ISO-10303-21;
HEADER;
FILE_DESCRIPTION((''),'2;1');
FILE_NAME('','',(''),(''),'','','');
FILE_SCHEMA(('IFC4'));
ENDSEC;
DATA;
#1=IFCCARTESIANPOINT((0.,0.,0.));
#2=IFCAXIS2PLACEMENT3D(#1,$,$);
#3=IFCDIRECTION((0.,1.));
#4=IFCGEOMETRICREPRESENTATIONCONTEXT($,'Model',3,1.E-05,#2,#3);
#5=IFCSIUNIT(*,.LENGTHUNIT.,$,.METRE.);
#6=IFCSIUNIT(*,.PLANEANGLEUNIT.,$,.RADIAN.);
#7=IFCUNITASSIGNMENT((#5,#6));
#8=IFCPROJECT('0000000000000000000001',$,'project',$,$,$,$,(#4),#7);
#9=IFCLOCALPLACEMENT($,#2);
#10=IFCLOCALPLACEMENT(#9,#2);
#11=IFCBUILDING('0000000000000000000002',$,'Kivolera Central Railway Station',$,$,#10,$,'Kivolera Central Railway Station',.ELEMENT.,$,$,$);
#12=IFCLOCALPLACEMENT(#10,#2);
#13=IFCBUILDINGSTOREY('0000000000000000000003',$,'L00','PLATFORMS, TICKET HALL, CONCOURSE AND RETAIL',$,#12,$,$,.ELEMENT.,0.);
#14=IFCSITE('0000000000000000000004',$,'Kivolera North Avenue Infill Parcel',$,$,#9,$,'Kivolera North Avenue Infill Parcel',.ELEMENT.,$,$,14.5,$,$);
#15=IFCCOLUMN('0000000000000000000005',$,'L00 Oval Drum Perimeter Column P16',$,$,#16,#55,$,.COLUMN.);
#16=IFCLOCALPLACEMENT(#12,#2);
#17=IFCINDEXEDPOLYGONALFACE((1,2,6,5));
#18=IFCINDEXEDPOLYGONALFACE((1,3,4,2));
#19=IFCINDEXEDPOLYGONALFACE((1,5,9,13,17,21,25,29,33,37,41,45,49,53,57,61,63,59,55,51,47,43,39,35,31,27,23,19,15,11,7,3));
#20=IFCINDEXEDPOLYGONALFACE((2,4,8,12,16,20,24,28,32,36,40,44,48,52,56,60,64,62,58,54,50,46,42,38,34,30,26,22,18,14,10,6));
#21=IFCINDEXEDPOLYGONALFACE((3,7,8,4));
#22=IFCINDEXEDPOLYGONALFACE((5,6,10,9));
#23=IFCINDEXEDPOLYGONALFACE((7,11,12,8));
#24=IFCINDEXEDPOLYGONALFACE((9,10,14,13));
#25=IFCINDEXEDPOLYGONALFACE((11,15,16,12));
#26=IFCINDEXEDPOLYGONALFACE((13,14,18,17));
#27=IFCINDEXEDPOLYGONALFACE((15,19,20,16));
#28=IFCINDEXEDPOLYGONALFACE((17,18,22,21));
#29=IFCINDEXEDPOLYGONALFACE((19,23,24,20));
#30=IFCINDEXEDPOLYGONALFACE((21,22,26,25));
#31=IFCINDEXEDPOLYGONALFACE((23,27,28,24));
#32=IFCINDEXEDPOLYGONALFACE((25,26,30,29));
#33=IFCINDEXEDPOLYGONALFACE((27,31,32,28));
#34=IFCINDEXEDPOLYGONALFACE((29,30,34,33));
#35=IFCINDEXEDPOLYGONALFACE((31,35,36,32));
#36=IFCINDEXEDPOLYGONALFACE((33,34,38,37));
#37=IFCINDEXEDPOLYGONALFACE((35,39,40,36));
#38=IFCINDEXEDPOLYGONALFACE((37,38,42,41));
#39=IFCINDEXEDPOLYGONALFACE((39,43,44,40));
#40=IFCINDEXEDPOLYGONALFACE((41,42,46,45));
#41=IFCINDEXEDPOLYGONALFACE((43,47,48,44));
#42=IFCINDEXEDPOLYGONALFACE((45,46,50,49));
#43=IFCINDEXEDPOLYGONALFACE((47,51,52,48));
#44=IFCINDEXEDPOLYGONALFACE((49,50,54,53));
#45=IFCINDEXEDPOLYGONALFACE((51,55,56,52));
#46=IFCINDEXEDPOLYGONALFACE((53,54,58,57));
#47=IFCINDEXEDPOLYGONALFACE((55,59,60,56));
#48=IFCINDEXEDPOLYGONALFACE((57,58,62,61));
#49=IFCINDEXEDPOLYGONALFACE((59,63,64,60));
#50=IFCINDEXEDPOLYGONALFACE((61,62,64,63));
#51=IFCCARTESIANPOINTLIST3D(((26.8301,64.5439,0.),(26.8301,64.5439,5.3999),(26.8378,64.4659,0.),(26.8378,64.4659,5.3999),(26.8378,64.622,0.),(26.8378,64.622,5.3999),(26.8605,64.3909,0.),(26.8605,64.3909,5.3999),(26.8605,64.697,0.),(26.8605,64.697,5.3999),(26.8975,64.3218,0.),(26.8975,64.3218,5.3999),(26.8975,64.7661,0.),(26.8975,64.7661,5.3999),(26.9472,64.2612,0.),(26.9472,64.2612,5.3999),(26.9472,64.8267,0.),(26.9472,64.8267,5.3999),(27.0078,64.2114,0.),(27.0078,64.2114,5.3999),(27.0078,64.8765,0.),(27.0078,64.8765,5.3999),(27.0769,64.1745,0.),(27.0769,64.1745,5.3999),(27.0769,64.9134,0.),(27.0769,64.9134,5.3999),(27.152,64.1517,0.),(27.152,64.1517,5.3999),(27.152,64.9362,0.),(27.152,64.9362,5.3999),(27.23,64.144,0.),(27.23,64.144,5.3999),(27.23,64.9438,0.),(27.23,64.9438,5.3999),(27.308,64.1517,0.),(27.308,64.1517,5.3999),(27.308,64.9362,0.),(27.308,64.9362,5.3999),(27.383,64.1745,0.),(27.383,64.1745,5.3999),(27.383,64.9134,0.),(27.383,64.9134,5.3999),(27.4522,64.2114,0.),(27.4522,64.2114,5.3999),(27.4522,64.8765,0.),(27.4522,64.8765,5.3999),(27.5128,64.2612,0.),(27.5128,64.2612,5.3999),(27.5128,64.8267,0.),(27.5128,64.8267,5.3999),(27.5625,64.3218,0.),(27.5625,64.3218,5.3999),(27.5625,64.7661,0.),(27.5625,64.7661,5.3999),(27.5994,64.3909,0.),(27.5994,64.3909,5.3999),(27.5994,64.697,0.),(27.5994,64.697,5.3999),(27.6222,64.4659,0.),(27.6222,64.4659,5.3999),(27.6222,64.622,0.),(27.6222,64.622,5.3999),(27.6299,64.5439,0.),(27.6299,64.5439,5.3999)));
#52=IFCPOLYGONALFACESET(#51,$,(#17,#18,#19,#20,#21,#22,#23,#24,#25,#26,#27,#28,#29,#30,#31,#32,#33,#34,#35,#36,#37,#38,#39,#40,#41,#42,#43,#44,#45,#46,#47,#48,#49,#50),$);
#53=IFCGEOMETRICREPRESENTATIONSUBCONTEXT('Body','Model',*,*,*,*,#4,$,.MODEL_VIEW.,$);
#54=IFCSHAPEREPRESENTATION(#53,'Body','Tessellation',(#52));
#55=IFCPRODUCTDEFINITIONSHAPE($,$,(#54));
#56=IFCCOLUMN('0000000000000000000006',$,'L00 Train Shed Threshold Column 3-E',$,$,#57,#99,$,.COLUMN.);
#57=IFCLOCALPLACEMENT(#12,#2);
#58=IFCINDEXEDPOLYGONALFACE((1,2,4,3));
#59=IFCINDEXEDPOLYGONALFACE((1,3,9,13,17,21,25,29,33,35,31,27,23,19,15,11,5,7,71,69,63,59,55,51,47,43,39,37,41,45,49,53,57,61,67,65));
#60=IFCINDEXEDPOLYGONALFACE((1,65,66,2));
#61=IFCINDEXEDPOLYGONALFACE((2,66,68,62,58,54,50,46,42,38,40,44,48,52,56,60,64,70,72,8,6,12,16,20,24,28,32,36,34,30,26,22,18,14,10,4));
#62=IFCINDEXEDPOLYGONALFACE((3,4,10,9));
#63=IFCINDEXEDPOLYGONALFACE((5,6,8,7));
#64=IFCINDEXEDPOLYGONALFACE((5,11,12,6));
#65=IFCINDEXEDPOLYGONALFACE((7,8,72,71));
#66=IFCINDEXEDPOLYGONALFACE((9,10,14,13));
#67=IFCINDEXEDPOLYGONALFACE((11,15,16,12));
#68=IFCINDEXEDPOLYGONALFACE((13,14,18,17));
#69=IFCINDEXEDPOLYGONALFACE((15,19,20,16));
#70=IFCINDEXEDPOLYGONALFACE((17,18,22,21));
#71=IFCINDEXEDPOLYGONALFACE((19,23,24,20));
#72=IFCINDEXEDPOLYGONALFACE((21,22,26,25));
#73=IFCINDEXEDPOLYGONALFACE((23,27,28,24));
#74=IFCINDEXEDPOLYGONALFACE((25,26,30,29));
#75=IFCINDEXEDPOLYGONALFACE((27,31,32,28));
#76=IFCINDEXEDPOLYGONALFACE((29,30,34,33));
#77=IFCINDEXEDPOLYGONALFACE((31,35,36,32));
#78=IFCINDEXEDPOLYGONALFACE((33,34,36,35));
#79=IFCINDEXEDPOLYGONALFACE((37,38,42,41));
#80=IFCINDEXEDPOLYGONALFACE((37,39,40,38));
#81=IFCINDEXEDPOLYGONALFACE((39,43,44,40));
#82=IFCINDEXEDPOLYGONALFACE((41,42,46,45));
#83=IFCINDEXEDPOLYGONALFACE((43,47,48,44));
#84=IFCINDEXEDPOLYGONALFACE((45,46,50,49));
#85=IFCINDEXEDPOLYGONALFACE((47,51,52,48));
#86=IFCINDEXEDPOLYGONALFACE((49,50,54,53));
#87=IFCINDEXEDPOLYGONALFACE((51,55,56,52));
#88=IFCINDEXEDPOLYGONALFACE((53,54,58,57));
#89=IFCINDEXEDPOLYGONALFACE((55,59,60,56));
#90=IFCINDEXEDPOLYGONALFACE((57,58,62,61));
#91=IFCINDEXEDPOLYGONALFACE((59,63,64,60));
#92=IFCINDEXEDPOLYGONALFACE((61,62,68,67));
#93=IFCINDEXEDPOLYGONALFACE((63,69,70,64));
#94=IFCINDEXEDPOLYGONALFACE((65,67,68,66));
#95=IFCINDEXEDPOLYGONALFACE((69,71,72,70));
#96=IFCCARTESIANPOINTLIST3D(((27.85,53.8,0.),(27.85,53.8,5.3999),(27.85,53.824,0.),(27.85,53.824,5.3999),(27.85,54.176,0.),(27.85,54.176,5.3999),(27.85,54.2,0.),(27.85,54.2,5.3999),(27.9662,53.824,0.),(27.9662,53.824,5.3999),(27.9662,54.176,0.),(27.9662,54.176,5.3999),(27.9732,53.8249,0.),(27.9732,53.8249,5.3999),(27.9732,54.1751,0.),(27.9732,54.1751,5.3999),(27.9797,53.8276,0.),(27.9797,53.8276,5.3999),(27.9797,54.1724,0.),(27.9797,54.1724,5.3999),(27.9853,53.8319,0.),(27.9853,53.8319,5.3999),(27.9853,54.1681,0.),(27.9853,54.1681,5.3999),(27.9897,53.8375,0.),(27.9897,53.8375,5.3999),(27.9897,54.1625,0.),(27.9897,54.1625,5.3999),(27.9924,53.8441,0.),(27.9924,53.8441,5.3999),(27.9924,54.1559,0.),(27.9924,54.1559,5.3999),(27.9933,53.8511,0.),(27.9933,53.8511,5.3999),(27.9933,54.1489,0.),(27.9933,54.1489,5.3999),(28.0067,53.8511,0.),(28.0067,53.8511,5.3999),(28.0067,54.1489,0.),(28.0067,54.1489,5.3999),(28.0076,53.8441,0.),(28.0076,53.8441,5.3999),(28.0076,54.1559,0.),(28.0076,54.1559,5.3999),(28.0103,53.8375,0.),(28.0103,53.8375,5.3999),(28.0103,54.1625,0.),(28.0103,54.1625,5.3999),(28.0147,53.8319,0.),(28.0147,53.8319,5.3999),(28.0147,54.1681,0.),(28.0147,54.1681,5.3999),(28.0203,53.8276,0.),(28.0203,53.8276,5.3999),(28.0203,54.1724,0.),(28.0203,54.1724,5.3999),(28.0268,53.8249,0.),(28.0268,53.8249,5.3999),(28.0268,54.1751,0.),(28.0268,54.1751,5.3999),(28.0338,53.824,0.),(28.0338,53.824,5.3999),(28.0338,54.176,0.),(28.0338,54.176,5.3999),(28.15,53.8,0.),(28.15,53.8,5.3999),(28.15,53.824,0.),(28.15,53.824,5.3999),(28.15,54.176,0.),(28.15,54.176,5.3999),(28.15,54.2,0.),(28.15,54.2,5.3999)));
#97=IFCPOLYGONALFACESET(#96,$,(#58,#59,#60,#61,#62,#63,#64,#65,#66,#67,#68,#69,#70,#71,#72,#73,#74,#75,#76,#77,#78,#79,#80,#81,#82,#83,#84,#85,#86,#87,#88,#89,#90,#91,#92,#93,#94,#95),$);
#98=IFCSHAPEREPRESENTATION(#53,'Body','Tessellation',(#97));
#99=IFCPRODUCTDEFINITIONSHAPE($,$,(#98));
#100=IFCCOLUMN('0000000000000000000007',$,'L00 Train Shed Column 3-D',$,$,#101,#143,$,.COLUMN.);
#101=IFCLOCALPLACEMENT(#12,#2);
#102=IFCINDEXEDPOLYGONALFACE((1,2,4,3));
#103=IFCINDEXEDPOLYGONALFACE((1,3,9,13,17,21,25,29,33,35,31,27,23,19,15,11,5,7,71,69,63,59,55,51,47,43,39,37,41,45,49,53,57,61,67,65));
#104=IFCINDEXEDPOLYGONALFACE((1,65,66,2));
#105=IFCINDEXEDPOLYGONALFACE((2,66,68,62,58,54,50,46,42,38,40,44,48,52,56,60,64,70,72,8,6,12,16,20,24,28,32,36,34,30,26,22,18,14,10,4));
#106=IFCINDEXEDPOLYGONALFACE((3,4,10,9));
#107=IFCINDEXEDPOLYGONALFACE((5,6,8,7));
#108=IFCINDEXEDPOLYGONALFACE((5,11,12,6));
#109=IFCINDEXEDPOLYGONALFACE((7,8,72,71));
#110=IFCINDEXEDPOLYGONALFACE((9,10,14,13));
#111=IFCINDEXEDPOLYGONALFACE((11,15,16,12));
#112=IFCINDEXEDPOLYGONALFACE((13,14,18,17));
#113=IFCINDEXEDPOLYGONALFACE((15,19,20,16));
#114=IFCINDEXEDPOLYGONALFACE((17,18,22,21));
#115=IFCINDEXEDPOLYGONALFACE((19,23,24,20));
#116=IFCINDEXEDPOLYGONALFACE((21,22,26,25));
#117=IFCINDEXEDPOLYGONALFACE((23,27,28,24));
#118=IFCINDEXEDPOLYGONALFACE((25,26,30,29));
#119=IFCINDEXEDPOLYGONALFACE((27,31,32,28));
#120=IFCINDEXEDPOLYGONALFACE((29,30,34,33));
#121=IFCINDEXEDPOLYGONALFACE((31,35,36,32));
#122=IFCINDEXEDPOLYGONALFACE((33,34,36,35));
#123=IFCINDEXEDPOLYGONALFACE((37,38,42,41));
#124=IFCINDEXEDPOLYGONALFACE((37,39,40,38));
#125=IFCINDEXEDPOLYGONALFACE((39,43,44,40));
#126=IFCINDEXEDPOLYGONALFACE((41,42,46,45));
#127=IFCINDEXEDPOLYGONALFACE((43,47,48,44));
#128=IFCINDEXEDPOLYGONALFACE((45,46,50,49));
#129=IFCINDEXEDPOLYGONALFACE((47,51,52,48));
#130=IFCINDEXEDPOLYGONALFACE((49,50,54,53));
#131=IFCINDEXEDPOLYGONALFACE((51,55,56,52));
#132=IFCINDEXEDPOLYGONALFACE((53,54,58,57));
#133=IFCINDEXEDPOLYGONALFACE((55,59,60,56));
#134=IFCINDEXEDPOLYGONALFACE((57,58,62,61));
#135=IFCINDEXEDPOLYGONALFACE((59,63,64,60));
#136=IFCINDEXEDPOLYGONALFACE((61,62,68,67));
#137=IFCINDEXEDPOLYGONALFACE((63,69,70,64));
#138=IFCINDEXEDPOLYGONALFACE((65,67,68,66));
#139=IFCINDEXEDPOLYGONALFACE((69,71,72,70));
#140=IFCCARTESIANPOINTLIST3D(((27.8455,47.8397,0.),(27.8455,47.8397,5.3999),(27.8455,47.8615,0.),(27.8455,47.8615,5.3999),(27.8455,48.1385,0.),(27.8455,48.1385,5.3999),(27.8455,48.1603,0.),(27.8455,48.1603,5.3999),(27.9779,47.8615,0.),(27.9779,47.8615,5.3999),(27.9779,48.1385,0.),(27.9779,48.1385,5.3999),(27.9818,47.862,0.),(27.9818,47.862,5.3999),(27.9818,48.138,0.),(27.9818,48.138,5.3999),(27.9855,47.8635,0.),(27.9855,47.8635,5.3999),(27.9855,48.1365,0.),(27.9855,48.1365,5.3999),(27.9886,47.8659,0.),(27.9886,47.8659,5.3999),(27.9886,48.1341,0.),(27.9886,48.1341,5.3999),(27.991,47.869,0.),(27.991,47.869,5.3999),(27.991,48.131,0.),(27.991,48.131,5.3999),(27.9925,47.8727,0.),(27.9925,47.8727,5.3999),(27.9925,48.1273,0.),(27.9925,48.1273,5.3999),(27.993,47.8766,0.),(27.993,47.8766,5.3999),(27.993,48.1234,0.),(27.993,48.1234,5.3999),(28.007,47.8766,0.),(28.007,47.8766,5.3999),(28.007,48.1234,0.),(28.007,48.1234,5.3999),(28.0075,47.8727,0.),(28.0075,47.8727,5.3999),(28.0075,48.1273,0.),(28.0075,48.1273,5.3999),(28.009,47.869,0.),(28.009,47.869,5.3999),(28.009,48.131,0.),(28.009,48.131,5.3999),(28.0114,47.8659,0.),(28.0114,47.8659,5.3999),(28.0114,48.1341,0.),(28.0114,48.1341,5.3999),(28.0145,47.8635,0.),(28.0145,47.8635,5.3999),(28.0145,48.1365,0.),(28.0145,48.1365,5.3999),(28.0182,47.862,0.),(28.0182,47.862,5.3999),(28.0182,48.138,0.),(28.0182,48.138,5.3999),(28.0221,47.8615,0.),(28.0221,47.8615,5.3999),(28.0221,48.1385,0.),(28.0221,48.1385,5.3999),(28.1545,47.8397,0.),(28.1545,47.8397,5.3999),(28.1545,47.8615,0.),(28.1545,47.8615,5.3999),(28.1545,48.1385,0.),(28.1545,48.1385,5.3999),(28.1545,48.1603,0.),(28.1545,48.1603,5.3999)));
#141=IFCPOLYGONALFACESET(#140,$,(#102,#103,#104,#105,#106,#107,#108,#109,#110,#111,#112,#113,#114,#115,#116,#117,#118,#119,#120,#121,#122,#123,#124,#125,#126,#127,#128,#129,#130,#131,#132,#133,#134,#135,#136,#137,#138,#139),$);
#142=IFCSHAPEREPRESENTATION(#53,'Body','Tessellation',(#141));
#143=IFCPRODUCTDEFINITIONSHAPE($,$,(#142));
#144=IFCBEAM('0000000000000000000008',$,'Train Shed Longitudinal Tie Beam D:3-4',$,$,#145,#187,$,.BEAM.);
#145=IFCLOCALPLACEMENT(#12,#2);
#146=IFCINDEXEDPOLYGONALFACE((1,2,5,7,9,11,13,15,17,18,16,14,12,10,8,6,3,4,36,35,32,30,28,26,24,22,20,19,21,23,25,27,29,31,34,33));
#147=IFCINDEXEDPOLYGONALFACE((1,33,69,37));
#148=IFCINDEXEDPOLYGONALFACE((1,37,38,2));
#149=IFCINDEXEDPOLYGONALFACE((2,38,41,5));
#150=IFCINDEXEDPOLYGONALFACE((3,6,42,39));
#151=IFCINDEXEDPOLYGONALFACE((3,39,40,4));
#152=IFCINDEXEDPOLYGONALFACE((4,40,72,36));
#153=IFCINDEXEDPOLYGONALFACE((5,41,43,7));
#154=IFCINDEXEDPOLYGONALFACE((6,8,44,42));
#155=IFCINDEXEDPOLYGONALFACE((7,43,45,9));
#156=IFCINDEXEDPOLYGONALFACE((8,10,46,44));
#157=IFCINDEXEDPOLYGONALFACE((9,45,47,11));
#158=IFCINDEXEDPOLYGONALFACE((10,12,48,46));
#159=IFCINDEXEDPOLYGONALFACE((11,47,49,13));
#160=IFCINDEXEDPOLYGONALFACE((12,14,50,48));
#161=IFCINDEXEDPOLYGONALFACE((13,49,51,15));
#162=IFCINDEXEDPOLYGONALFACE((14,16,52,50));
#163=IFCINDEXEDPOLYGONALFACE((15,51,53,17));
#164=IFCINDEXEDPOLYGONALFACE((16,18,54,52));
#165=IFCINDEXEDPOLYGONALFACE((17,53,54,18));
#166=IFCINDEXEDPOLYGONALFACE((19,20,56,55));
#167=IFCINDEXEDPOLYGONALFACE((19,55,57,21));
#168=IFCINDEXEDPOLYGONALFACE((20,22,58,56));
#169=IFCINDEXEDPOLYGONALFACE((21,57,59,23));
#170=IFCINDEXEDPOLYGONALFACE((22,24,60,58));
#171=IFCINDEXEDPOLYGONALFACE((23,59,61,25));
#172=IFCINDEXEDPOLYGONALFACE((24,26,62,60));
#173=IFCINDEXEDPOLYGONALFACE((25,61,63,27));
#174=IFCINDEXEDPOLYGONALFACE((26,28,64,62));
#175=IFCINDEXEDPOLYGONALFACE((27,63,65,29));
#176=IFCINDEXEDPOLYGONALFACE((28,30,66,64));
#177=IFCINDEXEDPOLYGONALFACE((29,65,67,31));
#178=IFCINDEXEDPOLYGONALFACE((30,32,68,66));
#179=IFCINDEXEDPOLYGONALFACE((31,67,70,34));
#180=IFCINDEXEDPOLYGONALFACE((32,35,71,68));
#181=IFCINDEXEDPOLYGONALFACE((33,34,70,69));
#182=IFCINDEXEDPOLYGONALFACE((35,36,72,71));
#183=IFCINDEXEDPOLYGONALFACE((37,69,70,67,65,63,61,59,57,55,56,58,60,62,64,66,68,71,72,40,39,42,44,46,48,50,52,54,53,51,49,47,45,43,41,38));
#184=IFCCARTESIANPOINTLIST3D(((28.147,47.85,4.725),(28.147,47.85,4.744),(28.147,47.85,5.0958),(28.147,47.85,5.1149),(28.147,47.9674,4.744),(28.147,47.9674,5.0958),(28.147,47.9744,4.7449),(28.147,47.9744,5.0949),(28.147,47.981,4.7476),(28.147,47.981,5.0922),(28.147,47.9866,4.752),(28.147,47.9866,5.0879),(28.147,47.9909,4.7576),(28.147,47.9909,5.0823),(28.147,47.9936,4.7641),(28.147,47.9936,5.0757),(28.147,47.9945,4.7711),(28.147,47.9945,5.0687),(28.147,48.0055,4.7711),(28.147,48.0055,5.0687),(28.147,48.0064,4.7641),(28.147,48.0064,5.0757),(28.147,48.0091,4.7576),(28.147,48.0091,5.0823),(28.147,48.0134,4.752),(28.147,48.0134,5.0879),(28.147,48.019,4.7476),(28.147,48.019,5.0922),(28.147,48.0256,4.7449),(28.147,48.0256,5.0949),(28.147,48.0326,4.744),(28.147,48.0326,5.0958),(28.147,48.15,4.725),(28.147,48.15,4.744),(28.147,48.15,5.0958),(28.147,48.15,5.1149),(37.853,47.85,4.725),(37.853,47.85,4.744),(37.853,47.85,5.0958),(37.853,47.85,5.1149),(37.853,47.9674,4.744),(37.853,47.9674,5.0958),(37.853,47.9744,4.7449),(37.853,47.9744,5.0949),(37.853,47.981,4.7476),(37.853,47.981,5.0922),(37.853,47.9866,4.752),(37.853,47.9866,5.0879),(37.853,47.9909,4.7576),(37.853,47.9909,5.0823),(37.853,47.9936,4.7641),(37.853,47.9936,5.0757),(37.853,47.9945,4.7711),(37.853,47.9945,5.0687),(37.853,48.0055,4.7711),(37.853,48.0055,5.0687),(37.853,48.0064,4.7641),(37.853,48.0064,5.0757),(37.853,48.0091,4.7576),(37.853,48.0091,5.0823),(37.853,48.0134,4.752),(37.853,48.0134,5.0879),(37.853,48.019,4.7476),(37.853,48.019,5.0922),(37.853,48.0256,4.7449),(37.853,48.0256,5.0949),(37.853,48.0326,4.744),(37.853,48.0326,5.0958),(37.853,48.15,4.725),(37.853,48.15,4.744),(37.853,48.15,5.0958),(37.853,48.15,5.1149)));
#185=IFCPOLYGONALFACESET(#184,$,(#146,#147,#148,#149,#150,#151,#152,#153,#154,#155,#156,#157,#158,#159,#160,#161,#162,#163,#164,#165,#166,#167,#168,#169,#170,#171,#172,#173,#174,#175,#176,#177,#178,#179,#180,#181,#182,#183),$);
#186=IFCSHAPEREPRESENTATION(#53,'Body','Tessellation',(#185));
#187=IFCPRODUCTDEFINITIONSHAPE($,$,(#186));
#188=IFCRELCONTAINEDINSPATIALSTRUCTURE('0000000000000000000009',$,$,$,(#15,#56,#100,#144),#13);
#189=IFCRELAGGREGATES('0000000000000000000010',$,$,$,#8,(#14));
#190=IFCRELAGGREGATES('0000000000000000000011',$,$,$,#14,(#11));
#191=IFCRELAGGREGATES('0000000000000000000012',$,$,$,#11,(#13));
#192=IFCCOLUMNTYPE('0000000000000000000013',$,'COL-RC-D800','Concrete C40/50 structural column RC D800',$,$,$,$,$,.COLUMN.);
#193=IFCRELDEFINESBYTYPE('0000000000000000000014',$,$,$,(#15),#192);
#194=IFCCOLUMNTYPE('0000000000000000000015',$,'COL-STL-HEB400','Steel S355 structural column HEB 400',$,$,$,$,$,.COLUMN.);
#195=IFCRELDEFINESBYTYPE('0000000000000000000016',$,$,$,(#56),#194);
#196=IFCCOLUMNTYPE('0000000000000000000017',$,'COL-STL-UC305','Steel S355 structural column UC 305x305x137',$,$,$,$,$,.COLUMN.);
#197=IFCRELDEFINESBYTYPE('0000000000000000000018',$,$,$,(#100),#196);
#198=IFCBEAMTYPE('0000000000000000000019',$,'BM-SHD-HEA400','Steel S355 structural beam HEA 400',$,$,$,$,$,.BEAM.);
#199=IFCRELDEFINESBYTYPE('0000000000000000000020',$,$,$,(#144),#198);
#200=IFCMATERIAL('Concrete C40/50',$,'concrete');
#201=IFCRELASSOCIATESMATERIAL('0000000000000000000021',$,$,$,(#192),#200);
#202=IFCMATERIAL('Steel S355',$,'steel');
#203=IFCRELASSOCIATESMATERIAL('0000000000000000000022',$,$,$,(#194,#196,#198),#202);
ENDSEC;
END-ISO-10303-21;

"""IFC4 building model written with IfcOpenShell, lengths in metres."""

from ifc_helpers import new_model, si_unit, direction, frame, origin, origin_2d, place, context, subcontext, project, spatial, circle, i_section, extrude, material, material_profile, profile_set, type_object, element, save


model = new_model("IFC4")

# Units and contexts
model_context = context("Model", 3, precision=1e-05, world=origin(), true_north=direction((0.0, 1.0)))
body_context = subcontext(model_context, "Body", "Model", "MODEL_VIEW")
ifc_project = project(units=[si_unit("LENGTHUNIT", "METRE"), si_unit("PLANEANGLEUNIT", "RADIAN")], contexts=[model_context])

# Site, building, storey
site_placement = place(None, origin())
site = spatial("IfcSite", under=ifc_project, at=site_placement, Name="Kivolera North Avenue Infill Parcel", LongName="Kivolera North Avenue Infill Parcel", CompositionType="ELEMENT", RefElevation=14.5)
building_placement = place(site_placement, origin())
building = spatial("IfcBuilding", under=site, at=building_placement, Name="Kivolera Central Railway Station", LongName="Kivolera Central Railway Station", CompositionType="ELEMENT")
storey_placement = place(building_placement, origin())
storey = spatial("IfcBuildingStorey", under=building, at=storey_placement, Name="L00", Description="PLATFORMS, TICKET HALL, CONCOURSE AND RETAIL", CompositionType="ELEMENT", Elevation=0.0)

# Columns
ifc_material_1 = material(Name="Concrete C40/50", Category="concrete")
ifc_material_profile_1 = material_profile(ifc_material_1, circle(Radius=0.3999, at=origin_2d()), Name="RC D800")
ifc_profile_set_1 = profile_set([ifc_material_profile_1], Name="Concrete C40/50")
column_type_1 = type_object("IfcColumnType", Name="COL-RC-D800", Description="Concrete C40/50 structural column RC D800", PredefinedType="COLUMN", material=ifc_profile_set_1)
column_1_placement = place(storey_placement, frame((27.23, 64.5439, 0.0), z_axis=(0.0, 0.0, 1.0), x_axis=(1.0, 0.0, 0.0)))
element("IfcColumn", 1, at=column_1_placement, inside=storey, type_object=column_type_1, Name="L00 Oval Drum Perimeter Column P16", PredefinedType="COLUMN", context=body_context, shape_type="SweptSolid", body=[
    extrude(circle(Radius=0.3999, at=origin_2d()), origin(), (0.0, 0.0, 1.0), 5.3999),
])
ifc_material_2 = material(Name="Steel S355", Category="steel")
ifc_material_profile_2 = material_profile(ifc_material_2, i_section(OverallWidth=0.3, OverallDepth=0.3999, WebThickness=0.0134, FlangeThickness=0.0239, FilletRadius=0.0271, at=origin_2d()), Name="HEB 400")
ifc_profile_set_2 = profile_set([ifc_material_profile_2], Name="Steel S355")
column_type_2 = type_object("IfcColumnType", Name="COL-STL-HEB400", Description="Steel S355 structural column HEB 400", PredefinedType="COLUMN", material=ifc_profile_set_2)
column_2_placement = place(storey_placement, frame((28.0, 54.0, 0.0), z_axis=(0.0, 0.0, 1.0), x_axis=(1.0, 0.0, 0.0)))
element("IfcColumn", 2, at=column_2_placement, inside=storey, type_object=column_type_2, Name="L00 Train Shed Threshold Column 3-E", PredefinedType="COLUMN", context=body_context, shape_type="SweptSolid", body=[
    extrude(i_section(OverallWidth=0.3, OverallDepth=0.3999, WebThickness=0.0134, FlangeThickness=0.0239, FilletRadius=0.0271, at=origin_2d()), origin(), (0.0, 0.0, 1.0), 5.3999),
])
ifc_material_profile_3 = material_profile(ifc_material_2, i_section(OverallWidth=0.3091, OverallDepth=0.3206, WebThickness=0.0139, FlangeThickness=0.0217, FilletRadius=0.0151, at=origin_2d()), Name="UC 305x305x137")
ifc_profile_set_3 = profile_set([ifc_material_profile_3], Name="Steel S355")
column_type_3 = type_object("IfcColumnType", Name="COL-STL-UC305", Description="Steel S355 structural column UC 305x305x137", PredefinedType="COLUMN", material=ifc_profile_set_3)
column_3_placement = place(storey_placement, frame((28.0, 48.0, 0.0), z_axis=(0.0, 0.0, 1.0), x_axis=(1.0, 0.0, 0.0)))
element("IfcColumn", 3, at=column_3_placement, inside=storey, type_object=column_type_3, Name="L00 Train Shed Column 3-D", PredefinedType="COLUMN", context=body_context, shape_type="SweptSolid", body=[
    extrude(i_section(OverallWidth=0.3091, OverallDepth=0.3206, WebThickness=0.0139, FlangeThickness=0.0217, FilletRadius=0.0151, at=origin_2d()), origin(), (0.0, 0.0, 1.0), 5.3999),
])

# Beam
ifc_material_profile_4 = material_profile(ifc_material_2, i_section(OverallWidth=0.3, OverallDepth=0.3899, WebThickness=0.011, FlangeThickness=0.019, FilletRadius=0.0271, at=origin_2d()), Name="HEA 400")
ifc_profile_set_4 = profile_set([ifc_material_profile_4], Name="Steel S355")
beam_type_1 = type_object("IfcBeamType", Name="BM-SHD-HEA400", Description="Steel S355 structural beam HEA 400", PredefinedType="BEAM", material=ifc_profile_set_4)
beam_1_placement = place(storey_placement, frame((28.147, 48.0, 4.9199), z_axis=(1.0, 0.0, 0.0), x_axis=(0.0, 1.0, 0.0)))
element("IfcBeam", 4, at=beam_1_placement, inside=storey, type_object=beam_type_1, Name="Train Shed Longitudinal Tie Beam D:3-4", PredefinedType="BEAM", context=body_context, shape_type="SweptSolid", body=[
    extrude(i_section(OverallWidth=0.3, OverallDepth=0.3899, WebThickness=0.011, FlangeThickness=0.019, FilletRadius=0.0271, at=origin_2d()), origin(), (0.0, 0.0, 1.0), 9.7061),
])

save(model, "model.ifc")
